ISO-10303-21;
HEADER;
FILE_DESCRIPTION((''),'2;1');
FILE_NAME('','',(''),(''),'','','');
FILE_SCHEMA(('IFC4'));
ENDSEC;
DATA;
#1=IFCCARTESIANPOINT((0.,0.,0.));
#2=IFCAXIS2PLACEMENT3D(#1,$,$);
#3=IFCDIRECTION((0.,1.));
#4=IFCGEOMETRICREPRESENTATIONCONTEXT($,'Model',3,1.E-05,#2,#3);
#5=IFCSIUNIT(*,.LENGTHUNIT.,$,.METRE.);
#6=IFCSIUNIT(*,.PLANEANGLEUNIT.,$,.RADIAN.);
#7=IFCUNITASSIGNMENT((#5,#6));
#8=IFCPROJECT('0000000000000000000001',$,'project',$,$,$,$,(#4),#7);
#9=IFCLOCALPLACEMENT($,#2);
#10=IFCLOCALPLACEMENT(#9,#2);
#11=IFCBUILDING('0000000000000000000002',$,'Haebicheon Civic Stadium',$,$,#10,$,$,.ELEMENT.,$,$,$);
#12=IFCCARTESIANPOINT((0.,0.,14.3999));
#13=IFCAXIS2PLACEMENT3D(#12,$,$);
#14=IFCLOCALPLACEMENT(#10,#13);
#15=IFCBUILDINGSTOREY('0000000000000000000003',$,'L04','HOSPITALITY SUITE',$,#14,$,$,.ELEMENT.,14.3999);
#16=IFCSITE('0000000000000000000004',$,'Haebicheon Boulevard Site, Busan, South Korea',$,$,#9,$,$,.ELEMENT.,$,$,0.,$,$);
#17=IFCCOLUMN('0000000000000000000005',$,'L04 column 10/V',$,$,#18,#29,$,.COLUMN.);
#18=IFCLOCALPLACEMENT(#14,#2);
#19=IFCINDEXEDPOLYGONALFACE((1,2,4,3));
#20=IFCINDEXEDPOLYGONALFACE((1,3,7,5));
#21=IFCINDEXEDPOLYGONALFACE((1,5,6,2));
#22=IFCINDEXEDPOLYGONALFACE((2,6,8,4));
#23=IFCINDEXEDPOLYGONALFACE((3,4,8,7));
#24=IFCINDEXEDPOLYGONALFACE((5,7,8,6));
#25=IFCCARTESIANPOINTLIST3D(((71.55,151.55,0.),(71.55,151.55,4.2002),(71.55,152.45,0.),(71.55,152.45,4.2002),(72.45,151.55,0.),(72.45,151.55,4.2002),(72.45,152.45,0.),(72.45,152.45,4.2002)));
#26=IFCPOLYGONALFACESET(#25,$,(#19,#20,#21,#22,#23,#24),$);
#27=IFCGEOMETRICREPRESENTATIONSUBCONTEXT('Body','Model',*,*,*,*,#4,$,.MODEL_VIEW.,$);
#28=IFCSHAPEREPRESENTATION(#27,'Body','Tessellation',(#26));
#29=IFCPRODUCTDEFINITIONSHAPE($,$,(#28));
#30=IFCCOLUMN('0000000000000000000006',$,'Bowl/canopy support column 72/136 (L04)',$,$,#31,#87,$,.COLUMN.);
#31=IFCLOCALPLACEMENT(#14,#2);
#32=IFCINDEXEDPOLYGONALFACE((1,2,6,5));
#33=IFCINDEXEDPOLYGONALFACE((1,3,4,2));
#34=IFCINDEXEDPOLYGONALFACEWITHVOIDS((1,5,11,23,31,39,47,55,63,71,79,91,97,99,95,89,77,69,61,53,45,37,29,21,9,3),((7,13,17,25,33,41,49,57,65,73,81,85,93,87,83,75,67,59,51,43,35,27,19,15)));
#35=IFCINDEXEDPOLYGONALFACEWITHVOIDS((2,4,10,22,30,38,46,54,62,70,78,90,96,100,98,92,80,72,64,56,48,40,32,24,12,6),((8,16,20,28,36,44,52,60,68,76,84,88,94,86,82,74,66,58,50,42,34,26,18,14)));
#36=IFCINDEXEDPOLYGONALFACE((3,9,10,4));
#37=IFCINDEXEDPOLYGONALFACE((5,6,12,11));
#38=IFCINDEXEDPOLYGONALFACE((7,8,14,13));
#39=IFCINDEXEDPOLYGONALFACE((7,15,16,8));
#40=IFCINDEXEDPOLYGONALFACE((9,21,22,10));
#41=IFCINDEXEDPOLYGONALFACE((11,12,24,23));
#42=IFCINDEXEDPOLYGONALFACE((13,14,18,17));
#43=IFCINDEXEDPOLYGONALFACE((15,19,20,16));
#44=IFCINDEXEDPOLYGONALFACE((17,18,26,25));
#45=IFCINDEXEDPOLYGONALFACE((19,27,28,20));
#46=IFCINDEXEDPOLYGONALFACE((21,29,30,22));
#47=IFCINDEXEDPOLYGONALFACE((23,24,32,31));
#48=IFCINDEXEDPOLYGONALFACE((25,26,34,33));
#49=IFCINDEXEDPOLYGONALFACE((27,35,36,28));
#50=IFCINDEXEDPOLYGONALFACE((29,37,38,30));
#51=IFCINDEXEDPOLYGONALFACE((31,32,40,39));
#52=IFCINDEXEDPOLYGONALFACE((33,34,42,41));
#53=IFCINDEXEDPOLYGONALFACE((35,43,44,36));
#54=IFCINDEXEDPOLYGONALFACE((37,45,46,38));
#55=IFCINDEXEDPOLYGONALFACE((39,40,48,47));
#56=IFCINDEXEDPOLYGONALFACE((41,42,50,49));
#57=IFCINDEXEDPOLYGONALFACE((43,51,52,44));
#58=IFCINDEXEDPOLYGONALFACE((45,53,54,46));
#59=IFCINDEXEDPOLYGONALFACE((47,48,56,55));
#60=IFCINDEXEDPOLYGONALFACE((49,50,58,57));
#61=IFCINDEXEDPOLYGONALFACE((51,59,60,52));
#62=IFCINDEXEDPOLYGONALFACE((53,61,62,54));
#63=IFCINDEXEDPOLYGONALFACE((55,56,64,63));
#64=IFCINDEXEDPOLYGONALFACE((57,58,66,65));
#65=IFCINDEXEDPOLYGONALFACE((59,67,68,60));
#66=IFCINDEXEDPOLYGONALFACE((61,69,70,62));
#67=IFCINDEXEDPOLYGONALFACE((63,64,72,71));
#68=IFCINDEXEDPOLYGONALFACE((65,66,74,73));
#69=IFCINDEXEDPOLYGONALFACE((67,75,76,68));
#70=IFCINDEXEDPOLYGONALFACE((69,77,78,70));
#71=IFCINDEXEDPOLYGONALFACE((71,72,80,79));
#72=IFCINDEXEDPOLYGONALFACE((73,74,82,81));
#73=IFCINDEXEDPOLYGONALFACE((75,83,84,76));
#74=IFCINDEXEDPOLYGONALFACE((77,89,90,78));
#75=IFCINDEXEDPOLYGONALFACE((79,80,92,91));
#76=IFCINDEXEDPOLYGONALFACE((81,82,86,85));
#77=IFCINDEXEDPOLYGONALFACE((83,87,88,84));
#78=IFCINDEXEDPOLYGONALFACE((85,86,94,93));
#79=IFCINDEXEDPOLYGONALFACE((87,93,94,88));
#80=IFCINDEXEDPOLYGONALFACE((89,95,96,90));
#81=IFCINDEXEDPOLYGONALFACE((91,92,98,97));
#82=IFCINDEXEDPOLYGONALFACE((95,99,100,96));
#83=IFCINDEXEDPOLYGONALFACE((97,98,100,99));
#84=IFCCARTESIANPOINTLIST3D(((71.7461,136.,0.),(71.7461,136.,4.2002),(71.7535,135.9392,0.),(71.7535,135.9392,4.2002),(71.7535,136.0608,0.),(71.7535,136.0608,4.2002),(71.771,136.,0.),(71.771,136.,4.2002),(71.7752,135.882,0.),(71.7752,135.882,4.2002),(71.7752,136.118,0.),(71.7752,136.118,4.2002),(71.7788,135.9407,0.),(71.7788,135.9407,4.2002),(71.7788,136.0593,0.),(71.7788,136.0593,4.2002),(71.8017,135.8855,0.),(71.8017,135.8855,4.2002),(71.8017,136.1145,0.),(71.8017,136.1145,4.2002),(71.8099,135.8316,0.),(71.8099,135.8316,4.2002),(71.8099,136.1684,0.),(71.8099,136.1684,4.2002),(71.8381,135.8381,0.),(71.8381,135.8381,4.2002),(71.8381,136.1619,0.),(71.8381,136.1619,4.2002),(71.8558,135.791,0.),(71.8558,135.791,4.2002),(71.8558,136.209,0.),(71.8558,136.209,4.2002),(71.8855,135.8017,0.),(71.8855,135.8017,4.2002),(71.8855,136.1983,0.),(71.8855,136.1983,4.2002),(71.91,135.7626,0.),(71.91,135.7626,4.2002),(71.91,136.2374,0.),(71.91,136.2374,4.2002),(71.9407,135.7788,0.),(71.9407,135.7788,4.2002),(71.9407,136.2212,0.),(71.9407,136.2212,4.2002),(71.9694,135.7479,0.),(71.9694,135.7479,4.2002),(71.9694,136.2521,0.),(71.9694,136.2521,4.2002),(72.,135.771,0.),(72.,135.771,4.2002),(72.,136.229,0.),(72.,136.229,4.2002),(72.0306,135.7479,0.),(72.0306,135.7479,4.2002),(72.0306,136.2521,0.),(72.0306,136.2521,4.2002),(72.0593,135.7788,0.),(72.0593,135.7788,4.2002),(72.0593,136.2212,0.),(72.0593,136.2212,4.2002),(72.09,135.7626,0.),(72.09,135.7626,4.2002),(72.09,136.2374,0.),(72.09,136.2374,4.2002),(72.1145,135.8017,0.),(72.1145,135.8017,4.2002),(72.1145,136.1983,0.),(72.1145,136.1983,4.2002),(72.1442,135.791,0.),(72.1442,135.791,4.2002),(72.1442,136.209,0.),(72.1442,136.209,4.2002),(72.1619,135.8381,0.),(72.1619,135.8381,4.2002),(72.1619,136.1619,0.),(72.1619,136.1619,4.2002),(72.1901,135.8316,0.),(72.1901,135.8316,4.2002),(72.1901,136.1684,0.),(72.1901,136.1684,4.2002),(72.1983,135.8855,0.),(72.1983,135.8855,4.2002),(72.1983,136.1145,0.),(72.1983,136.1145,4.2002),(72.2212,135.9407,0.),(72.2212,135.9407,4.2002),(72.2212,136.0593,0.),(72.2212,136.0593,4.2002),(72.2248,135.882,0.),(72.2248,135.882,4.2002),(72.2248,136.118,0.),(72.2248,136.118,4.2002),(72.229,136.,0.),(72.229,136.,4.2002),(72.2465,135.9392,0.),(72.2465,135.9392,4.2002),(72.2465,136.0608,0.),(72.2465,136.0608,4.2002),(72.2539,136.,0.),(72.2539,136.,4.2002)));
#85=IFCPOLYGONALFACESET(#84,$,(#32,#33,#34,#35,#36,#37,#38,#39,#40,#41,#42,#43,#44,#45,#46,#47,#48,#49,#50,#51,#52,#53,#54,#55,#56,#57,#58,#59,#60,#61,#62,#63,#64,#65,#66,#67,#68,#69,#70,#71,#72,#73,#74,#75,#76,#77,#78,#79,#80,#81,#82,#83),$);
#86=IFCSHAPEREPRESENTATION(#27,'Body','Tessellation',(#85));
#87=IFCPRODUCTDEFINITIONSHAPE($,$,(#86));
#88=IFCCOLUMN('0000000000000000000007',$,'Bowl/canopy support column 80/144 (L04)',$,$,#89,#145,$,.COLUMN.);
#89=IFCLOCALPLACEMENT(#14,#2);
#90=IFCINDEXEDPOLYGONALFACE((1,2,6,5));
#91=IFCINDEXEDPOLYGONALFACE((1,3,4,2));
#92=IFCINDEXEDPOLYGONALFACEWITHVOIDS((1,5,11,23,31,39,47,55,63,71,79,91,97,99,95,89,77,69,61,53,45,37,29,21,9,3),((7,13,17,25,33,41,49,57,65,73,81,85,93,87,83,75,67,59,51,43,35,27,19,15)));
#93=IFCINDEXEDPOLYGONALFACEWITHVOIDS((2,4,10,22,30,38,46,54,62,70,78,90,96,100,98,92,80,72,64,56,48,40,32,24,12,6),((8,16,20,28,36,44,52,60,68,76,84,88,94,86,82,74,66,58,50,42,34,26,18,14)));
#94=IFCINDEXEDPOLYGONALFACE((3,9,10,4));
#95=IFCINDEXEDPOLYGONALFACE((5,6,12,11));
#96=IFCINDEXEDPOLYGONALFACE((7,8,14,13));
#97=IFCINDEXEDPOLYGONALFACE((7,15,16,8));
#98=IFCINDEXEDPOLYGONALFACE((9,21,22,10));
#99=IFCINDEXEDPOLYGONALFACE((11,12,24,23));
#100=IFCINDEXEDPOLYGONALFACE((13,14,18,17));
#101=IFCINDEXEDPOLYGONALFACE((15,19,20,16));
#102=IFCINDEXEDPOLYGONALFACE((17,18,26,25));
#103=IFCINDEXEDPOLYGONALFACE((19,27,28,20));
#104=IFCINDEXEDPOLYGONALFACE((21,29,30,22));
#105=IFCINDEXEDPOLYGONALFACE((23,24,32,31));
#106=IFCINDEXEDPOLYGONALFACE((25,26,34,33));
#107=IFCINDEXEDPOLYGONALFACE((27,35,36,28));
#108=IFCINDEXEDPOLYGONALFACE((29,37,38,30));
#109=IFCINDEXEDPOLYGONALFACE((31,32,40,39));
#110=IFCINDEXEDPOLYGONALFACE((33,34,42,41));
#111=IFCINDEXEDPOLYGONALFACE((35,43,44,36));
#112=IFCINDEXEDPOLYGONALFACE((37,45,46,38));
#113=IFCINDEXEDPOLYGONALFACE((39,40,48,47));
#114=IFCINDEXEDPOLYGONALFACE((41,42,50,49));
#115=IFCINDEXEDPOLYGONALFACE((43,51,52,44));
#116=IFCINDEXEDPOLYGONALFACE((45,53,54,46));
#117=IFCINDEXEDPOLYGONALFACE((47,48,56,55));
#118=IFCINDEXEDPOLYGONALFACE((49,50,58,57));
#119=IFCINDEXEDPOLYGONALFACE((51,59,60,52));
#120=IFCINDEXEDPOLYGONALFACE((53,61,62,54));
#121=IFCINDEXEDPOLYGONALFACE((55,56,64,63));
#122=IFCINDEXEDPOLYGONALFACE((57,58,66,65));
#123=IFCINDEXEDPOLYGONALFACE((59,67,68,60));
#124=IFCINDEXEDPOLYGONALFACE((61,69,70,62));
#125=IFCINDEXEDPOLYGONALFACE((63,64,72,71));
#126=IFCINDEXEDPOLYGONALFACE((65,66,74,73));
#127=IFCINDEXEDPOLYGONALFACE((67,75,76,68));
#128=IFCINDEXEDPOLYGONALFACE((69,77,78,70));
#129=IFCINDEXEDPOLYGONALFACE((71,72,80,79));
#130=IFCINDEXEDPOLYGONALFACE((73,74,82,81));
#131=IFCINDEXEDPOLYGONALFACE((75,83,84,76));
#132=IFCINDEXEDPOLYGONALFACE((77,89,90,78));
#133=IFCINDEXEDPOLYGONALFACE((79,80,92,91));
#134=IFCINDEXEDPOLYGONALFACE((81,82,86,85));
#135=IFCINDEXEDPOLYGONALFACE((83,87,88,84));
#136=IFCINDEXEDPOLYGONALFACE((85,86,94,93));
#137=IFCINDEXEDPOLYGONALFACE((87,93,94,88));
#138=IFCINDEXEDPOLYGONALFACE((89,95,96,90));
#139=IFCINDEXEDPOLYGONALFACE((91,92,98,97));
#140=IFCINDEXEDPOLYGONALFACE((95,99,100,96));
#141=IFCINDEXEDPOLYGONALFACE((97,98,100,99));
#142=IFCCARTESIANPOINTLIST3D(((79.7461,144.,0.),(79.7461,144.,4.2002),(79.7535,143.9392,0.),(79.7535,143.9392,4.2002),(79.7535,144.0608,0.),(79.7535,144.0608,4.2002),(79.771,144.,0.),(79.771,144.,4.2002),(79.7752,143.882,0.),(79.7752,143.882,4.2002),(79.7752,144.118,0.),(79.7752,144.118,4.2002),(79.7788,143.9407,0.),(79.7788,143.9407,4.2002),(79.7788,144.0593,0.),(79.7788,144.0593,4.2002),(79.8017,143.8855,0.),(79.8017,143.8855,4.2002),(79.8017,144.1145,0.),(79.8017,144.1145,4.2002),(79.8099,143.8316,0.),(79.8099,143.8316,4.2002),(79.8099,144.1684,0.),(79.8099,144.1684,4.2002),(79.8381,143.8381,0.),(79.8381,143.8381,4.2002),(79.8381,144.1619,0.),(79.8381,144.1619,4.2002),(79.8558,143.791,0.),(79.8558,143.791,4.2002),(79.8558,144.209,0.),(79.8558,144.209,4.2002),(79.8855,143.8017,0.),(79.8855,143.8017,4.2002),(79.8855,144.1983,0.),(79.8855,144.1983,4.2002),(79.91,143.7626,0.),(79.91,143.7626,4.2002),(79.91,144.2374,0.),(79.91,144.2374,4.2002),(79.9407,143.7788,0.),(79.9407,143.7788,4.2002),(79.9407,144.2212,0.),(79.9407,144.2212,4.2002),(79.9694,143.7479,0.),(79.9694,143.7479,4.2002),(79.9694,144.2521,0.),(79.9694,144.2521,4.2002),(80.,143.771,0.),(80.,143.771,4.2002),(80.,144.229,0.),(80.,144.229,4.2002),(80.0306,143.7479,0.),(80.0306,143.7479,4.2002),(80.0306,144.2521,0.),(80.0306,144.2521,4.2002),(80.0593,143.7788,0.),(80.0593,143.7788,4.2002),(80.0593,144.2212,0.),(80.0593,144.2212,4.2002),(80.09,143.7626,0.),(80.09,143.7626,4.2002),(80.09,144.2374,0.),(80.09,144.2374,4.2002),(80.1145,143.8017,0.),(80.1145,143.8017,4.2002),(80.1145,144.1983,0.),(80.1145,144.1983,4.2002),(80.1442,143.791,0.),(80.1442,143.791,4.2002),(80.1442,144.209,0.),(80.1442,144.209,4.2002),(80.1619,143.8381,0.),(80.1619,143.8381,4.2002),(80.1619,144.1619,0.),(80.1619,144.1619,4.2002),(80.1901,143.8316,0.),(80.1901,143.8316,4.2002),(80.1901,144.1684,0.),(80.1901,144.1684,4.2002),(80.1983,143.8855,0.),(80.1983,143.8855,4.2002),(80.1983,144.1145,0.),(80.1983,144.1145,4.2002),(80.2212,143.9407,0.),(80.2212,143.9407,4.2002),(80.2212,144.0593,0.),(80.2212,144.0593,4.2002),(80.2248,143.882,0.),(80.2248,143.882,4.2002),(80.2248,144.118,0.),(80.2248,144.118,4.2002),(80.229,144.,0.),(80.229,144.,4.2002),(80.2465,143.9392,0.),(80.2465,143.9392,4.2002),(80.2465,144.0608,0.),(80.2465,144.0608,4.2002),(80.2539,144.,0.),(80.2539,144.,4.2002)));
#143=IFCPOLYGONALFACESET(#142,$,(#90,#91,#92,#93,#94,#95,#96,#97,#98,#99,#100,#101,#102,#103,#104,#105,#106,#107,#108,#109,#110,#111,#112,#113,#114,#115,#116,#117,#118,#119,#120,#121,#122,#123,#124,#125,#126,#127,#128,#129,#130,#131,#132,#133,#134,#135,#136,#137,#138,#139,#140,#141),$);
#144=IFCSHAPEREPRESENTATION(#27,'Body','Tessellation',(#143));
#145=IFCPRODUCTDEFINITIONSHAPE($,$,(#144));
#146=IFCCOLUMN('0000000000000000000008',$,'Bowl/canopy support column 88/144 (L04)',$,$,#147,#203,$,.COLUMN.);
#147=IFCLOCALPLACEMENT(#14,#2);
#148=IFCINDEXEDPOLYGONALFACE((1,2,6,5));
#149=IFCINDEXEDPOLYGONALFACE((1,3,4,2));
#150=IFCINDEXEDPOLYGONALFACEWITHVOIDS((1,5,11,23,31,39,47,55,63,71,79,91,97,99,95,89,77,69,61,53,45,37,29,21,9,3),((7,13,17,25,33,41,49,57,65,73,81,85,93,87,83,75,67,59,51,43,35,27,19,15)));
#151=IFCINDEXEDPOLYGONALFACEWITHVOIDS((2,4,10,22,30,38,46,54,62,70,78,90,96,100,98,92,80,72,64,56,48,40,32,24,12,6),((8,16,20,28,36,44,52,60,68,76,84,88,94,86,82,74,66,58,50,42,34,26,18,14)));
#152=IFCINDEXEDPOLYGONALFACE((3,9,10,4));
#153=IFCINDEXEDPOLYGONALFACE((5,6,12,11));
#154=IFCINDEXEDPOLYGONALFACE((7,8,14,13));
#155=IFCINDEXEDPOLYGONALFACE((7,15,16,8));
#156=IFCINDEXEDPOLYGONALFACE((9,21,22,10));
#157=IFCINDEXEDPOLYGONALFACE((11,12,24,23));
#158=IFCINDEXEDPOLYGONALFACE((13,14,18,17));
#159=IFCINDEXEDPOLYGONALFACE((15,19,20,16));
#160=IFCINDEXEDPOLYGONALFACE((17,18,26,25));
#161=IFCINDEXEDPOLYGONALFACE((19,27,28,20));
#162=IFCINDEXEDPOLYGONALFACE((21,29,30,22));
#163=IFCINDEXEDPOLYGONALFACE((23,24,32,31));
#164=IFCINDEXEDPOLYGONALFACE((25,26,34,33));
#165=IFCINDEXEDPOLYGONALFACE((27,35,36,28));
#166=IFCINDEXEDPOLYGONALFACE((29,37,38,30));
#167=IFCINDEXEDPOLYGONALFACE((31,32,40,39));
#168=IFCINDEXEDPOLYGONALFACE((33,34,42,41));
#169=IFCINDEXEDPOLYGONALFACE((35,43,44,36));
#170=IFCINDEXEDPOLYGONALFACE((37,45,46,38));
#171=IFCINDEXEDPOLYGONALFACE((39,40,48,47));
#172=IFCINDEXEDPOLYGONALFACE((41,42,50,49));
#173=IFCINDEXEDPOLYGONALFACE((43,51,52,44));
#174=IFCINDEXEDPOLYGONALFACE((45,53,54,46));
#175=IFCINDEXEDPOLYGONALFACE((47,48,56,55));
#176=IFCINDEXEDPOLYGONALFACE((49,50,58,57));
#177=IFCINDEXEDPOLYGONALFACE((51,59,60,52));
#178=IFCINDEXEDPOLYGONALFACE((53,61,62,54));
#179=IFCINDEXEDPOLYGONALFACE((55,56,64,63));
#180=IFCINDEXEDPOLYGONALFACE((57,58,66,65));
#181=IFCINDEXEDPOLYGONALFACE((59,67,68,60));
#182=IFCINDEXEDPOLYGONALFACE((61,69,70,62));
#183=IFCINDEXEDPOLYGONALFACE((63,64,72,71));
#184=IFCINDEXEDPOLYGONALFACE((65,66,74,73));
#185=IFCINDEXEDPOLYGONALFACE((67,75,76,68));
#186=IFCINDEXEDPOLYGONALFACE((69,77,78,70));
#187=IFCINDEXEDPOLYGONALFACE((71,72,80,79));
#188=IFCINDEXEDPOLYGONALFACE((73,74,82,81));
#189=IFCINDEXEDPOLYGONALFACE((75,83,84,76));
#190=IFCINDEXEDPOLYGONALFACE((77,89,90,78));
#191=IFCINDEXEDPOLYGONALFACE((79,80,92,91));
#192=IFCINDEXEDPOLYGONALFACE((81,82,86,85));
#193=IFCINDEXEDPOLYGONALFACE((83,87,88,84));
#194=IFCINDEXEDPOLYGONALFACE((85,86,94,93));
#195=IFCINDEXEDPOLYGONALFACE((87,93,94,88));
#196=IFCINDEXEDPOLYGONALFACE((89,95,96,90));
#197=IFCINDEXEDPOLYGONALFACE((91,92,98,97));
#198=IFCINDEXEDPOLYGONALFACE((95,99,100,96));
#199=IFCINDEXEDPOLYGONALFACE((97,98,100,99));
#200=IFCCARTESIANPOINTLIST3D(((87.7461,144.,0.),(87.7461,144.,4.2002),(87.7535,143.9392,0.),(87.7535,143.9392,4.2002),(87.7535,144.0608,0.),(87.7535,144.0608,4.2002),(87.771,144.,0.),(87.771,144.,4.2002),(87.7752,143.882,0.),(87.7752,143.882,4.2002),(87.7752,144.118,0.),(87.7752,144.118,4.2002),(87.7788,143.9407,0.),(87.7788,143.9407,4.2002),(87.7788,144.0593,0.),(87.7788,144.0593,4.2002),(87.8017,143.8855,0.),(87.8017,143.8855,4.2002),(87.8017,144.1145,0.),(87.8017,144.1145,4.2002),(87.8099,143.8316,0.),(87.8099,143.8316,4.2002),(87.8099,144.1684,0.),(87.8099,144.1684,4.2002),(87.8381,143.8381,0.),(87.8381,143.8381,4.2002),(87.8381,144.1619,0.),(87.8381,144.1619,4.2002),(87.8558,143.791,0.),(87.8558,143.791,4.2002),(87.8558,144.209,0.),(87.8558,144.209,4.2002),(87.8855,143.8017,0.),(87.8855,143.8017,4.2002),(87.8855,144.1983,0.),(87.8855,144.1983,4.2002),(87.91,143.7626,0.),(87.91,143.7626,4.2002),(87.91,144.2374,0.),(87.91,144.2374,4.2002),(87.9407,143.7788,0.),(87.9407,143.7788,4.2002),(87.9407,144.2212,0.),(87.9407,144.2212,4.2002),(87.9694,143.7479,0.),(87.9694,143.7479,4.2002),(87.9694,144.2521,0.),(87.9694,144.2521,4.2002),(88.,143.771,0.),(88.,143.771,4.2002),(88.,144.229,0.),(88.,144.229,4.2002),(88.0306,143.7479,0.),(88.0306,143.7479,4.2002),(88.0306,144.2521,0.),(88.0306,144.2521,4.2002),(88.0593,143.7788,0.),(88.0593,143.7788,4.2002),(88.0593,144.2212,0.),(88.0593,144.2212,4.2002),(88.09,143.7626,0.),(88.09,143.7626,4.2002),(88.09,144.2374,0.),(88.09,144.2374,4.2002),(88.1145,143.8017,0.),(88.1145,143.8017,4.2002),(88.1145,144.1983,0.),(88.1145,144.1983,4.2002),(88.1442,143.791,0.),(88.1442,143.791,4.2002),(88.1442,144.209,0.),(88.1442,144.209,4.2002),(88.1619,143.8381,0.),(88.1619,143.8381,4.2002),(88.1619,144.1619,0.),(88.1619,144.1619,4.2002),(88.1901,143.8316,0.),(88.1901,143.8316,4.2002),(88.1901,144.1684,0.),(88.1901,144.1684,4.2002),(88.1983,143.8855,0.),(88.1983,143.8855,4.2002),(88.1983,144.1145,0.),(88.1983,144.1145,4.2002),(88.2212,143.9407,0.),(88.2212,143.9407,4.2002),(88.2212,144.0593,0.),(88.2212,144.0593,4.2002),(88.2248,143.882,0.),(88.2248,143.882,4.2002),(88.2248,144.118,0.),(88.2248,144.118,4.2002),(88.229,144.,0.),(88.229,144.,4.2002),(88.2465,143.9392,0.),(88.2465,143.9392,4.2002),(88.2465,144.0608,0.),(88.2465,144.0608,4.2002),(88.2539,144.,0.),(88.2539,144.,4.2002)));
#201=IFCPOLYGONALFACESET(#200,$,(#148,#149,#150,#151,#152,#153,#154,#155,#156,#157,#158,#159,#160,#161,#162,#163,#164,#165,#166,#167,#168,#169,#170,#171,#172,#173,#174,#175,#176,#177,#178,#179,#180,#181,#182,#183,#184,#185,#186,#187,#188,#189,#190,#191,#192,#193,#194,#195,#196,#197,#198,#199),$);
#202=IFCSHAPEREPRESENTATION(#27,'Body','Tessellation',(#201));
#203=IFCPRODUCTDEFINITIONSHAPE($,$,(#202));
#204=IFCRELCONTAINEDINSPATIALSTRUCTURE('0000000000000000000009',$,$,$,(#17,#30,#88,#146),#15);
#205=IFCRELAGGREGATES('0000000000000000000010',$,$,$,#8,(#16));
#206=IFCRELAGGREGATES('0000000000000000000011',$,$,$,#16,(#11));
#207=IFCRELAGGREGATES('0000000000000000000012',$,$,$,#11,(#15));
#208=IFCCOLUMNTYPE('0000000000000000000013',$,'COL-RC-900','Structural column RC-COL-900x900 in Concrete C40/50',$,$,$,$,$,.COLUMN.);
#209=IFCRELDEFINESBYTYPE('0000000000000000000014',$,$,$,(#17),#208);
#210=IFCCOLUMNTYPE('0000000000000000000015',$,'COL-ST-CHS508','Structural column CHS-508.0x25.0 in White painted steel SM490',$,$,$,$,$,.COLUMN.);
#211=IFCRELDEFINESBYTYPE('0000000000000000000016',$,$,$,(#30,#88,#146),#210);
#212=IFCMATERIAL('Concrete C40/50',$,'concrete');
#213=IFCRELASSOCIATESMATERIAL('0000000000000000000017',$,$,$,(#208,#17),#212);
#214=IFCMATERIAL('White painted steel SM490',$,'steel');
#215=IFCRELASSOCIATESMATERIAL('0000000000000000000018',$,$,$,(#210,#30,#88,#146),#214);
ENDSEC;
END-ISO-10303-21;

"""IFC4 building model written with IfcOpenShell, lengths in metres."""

from ifc_helpers import new_model, si_unit, direction, frame, origin, origin_2d, place, context, subcontext, project, spatial, rectangle, hollow_circle, extrude, material, material_profile, profile_set, type_object, element, save


model = new_model("IFC4")

# Units and contexts
model_context = context("Model", 3, precision=1e-05, world=origin(), true_north=direction((0.0, 1.0)))
body_context = subcontext(model_context, "Body", "Model", "MODEL_VIEW")
ifc_project = project(units=[si_unit("LENGTHUNIT", "METRE"), si_unit("PLANEANGLEUNIT", "RADIAN")], contexts=[model_context])

# Site, building, storey
site_placement = place(None, origin())
site = spatial("IfcSite", under=ifc_project, at=site_placement, Name="Haebicheon Boulevard Site, Busan, South Korea", CompositionType="ELEMENT", RefElevation=0.0)
building_placement = place(site_placement, origin())
building = spatial("IfcBuilding", under=site, at=building_placement, Name="Haebicheon Civic Stadium", CompositionType="ELEMENT")
storey_placement = place(building_placement, frame((0.0, 0.0, 14.3999)))
storey = spatial("IfcBuildingStorey", under=building, at=storey_placement, Name="L04", Description="HOSPITALITY SUITE", CompositionType="ELEMENT", Elevation=14.3999)

# Columns
ifc_material_1 = material(Name="Concrete C40/50", Category="concrete")
ifc_material_profile_1 = material_profile(ifc_material_1, rectangle(XDim=0.8999, YDim=0.8999, at=origin_2d()), Name="RC-COL-900x900")
ifc_profile_set_1 = profile_set([ifc_material_profile_1], Name="Concrete C40/50")
column_type_1 = type_object("IfcColumnType", Name="COL-RC-900", Description="Structural column RC-COL-900x900 in Concrete C40/50", PredefinedType="COLUMN", material=ifc_profile_set_1)
column_placement = place(storey_placement, frame((72.0, 152.0, 0.0), z_axis=(0.0, 0.0, 1.0), x_axis=(1.0, 0.0, 0.0)))
element("IfcColumn", 1, at=column_placement, inside=storey, type_object=column_type_1, material=ifc_profile_set_1, Name="L04 column 10/V", PredefinedType="COLUMN", context=body_context, shape_type="SweptSolid", body=[
    extrude(rectangle(XDim=0.8999, YDim=0.8999, at=origin_2d()), origin(), (0.0, 0.0, 1.0), 4.2002),
])
ifc_material_2 = material(Name="White painted steel SM490", Category="steel")
ifc_material_profile_2 = material_profile(ifc_material_2, hollow_circle(Radius=0.2539, WallThickness=0.0249, at=origin_2d()), Name="CHS-508.0x25.0")
ifc_profile_set_2 = profile_set([ifc_material_profile_2], Name="White painted steel SM490")
column_type_2 = type_object("IfcColumnType", Name="COL-ST-CHS508", Description="Structural column CHS-508.0x25.0 in White painted steel SM490", PredefinedType="COLUMN", material=ifc_profile_set_2)
for number, where, z_axis, x_axis, name in (
    (2, (72.0, 136.0, 0.0), (0.0, 0.0, 1.0), (1.0, 0.0, 0.0), "Bowl/canopy support column 72/136 (L04)"),
    (3, (80.0, 144.0, 0.0), (0.0, 0.0, 1.0), (1.0, 0.0, 0.0), "Bowl/canopy support column 80/144 (L04)"),
    (4, (88.0, 144.0, 0.0), (0.0, 0.0, 1.0), (1.0, 0.0, 0.0), "Bowl/canopy support column 88/144 (L04)"),
):
    element("IfcColumn", number, at=place(storey_placement, frame(where, z_axis=z_axis, x_axis=x_axis)), inside=storey, type_object=column_type_2, material=ifc_profile_set_2, Name=name, PredefinedType="COLUMN", context=body_context, shape_type="SweptSolid", body=[
        extrude(hollow_circle(Radius=0.2539, WallThickness=0.0249, at=origin_2d()), origin(), (0.0, 0.0, 1.0), 4.2002),
    ])

save(model, "model.ifc")
